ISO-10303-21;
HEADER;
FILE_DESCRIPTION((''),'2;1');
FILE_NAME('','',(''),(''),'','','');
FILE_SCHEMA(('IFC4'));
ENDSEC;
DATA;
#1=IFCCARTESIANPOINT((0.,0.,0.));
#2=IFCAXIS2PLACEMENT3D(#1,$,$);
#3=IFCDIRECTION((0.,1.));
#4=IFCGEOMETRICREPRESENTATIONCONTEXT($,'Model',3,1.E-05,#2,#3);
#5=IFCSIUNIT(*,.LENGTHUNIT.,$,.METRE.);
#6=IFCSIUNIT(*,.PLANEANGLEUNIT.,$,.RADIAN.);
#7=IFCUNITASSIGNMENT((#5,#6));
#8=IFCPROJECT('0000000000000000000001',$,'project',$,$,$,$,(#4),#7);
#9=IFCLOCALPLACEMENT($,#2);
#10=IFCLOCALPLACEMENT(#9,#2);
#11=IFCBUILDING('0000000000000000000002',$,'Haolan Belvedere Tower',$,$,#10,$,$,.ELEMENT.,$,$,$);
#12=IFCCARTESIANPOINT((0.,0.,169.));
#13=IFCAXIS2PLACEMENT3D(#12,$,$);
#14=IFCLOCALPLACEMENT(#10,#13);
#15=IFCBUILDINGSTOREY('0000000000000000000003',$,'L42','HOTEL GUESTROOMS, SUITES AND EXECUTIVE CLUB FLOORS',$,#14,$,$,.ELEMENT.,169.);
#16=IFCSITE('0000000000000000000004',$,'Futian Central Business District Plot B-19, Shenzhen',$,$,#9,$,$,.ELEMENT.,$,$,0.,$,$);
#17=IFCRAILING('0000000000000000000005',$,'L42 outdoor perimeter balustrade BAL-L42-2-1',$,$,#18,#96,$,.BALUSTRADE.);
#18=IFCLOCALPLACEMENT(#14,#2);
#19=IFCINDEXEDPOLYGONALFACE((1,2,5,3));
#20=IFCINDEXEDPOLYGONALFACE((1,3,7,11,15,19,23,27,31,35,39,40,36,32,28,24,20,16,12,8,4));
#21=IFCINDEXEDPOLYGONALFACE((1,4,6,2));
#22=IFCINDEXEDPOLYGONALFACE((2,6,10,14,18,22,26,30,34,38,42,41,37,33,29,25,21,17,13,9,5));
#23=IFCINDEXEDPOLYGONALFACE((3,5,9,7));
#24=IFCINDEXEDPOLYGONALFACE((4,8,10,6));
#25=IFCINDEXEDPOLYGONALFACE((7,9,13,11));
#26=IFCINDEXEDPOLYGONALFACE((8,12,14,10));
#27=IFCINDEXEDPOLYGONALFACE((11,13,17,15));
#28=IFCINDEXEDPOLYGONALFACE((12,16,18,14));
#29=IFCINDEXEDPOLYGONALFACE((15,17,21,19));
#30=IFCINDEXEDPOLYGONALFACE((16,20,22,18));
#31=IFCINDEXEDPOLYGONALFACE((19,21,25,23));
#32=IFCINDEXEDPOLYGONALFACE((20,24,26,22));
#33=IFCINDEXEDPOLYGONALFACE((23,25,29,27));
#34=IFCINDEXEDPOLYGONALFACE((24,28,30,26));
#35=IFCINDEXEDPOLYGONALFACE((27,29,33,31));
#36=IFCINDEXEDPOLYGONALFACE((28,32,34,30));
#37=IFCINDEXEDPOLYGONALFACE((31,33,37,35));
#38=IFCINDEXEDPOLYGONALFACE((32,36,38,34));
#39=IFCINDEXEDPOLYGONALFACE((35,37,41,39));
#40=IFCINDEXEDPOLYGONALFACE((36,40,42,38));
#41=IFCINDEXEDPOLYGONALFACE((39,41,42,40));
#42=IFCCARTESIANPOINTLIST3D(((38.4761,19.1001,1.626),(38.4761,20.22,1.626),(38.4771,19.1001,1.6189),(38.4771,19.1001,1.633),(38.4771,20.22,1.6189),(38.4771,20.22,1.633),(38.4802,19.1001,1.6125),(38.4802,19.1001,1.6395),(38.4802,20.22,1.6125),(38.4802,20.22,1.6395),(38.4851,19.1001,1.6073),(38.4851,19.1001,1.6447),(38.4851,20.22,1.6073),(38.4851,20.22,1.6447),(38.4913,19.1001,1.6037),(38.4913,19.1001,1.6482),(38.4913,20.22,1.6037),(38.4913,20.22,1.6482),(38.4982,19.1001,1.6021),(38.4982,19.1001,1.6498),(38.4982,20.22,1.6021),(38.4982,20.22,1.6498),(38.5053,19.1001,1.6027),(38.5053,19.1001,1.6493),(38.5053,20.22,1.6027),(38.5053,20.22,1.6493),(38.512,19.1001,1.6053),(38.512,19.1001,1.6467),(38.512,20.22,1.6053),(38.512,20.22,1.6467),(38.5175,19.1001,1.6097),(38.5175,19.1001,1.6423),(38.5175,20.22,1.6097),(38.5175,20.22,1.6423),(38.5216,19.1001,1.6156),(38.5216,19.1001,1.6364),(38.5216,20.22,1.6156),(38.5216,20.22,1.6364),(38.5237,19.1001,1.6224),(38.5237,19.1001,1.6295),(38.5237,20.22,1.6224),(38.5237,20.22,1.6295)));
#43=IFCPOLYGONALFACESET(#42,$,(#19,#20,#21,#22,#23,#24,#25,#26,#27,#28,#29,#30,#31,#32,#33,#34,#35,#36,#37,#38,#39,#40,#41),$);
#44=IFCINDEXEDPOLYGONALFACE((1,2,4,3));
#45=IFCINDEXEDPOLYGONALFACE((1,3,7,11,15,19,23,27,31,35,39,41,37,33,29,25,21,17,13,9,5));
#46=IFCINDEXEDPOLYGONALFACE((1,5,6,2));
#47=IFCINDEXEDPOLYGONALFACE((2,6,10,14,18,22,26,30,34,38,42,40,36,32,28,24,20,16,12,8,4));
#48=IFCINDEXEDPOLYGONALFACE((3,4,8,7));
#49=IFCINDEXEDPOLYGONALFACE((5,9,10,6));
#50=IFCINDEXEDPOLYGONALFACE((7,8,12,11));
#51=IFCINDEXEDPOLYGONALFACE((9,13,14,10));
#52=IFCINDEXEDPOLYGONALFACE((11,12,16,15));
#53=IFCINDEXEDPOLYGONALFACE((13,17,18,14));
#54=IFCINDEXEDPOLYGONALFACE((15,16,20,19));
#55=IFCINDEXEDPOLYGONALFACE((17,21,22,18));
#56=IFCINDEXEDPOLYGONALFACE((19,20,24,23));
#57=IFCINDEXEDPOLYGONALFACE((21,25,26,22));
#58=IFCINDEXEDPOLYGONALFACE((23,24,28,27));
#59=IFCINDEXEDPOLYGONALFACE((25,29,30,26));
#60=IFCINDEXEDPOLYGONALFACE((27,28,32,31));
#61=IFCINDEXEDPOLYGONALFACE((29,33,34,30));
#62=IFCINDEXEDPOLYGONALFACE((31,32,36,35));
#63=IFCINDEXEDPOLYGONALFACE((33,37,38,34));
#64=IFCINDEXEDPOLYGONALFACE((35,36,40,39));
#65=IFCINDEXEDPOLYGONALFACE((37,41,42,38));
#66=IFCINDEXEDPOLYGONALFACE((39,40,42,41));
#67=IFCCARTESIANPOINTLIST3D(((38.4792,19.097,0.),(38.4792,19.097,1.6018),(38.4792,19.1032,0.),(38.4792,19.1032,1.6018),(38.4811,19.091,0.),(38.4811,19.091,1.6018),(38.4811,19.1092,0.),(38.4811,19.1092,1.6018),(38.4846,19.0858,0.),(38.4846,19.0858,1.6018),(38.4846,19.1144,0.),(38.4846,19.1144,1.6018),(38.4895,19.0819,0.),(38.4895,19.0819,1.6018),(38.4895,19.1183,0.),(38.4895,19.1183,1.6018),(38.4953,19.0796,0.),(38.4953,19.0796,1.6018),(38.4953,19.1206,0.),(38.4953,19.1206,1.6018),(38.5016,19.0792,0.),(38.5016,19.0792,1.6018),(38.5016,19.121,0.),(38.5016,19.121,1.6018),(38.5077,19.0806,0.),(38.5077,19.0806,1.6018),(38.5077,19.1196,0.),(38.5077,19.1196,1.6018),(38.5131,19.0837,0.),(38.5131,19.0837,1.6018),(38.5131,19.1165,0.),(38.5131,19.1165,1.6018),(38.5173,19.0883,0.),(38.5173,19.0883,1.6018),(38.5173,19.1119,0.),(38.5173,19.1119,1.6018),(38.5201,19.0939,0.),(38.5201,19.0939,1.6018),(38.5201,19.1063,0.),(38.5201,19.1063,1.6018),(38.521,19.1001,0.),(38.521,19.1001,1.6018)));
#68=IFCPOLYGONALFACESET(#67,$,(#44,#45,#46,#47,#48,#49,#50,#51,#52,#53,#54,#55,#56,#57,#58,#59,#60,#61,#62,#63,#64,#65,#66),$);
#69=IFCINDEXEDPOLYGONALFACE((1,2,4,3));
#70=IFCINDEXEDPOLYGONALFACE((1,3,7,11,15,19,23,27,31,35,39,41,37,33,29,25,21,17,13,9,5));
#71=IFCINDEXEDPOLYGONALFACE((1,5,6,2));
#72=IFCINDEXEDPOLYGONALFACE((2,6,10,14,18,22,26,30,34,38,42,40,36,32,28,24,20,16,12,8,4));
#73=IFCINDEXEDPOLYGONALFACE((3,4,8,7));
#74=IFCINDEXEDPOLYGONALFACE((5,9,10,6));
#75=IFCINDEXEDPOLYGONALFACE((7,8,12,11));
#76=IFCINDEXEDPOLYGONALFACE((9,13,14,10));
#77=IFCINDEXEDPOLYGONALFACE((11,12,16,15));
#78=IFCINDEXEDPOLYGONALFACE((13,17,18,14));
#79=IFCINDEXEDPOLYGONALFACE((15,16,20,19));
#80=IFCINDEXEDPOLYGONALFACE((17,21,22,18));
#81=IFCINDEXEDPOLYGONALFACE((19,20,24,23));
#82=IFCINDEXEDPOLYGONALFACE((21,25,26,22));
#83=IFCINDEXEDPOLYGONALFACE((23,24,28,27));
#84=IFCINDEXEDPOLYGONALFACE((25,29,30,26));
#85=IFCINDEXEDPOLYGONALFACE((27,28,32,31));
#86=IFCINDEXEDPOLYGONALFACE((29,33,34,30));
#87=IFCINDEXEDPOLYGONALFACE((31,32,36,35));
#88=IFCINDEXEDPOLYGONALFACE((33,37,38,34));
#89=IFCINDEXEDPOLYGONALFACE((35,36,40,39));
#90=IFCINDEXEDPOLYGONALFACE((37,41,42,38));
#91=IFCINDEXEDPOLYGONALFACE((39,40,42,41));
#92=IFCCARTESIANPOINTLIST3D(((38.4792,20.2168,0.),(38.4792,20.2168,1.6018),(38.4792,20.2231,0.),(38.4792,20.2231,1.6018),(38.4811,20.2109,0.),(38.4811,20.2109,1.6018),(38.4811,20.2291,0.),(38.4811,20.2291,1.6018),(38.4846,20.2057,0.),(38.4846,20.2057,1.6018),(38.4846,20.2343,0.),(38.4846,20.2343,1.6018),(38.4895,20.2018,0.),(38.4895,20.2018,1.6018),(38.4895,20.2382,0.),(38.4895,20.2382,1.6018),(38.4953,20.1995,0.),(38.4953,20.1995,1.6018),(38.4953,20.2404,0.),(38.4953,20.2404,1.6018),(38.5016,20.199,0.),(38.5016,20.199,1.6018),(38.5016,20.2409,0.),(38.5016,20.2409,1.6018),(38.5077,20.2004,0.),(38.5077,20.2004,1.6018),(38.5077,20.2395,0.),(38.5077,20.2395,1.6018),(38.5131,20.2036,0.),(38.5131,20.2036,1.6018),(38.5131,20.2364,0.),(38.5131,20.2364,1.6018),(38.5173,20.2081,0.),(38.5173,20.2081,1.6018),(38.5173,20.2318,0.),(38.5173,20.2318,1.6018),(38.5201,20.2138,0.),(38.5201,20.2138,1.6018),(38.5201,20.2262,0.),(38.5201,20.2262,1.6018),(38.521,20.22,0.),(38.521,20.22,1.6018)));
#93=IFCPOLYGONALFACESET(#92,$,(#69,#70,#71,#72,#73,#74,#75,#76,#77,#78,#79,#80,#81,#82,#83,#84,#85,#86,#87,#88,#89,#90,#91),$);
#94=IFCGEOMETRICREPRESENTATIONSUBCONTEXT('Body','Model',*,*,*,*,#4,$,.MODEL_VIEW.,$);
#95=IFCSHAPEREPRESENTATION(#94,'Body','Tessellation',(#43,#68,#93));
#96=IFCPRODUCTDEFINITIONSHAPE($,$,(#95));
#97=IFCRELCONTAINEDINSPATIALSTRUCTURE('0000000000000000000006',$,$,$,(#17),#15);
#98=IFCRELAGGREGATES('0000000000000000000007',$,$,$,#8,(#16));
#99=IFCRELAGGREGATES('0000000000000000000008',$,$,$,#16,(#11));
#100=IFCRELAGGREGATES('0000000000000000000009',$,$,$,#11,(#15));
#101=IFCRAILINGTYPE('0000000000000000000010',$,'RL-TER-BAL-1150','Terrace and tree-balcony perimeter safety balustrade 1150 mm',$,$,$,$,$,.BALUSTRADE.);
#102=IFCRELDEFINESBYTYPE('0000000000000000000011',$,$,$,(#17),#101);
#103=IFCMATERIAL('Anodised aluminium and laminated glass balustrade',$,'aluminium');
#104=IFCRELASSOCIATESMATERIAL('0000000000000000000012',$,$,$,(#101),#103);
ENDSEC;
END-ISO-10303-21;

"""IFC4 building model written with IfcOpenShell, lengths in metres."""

from ifc_helpers import new_model, si_unit, direction, frame, origin, origin_2d, place, context, subcontext, project, spatial, circle, extrude, material, type_object, element, save


model = new_model("IFC4")

# Units and contexts
model_context = context("Model", 3, precision=1e-05, world=origin(), true_north=direction((0.0, 1.0)))
body_context = subcontext(model_context, "Body", "Model", "MODEL_VIEW")
ifc_project = project(units=[si_unit("LENGTHUNIT", "METRE"), si_unit("PLANEANGLEUNIT", "RADIAN")], contexts=[model_context])

# Site, building, storey
site_placement = place(None, origin())
site = spatial("IfcSite", under=ifc_project, at=site_placement, Name="Futian Central Business District Plot B-19, Shenzhen", CompositionType="ELEMENT", RefElevation=0.0)
building_placement = place(site_placement, origin())
building = spatial("IfcBuilding", under=site, at=building_placement, Name="Haolan Belvedere Tower", CompositionType="ELEMENT")
storey_placement = place(building_placement, frame((0.0, 0.0, 169.0)))
storey = spatial("IfcBuildingStorey", under=building, at=storey_placement, Name="L42", Description="HOTEL GUESTROOMS, SUITES AND EXECUTIVE CLUB FLOORS", CompositionType="ELEMENT", Elevation=169.0)

# Railing
ifc_material_1 = material(Name="Anodised aluminium and laminated glass balustrade", Category="aluminium")
railing_type = type_object("IfcRailingType", Name="RL-TER-BAL-1150", Description="Terrace and tree-balcony perimeter safety balustrade 1150 mm", PredefinedType="BALUSTRADE", material=ifc_material_1)
railing_1_placement = place(storey_placement, frame((38.5, 19.1001, 0.0)))
element("IfcRailing", 1, at=railing_1_placement, inside=storey, type_object=railing_type, Name="L42 outdoor perimeter balustrade BAL-L42-2-1", PredefinedType="BALUSTRADE", context=body_context, shape_type="SweptSolid", body=[
    extrude(circle(Radius=0.0239, at=origin_2d()), frame((0.0, 0.0, 1.626), z_axis=(0.0, 1.0, 0.0), x_axis=(-1.0, 0.0, 0.0)), (0.0, 0.0, 1.0), 1.1199),
    extrude(circle(Radius=0.021, at=origin_2d()), origin(), (0.0, 0.0, 1.0), 1.6018),
    extrude(circle(Radius=0.021, at=origin_2d()), frame((0.0, 1.1199, 0.0)), (0.0, 0.0, 1.0), 1.6018),
])

save(model, "model.ifc")
